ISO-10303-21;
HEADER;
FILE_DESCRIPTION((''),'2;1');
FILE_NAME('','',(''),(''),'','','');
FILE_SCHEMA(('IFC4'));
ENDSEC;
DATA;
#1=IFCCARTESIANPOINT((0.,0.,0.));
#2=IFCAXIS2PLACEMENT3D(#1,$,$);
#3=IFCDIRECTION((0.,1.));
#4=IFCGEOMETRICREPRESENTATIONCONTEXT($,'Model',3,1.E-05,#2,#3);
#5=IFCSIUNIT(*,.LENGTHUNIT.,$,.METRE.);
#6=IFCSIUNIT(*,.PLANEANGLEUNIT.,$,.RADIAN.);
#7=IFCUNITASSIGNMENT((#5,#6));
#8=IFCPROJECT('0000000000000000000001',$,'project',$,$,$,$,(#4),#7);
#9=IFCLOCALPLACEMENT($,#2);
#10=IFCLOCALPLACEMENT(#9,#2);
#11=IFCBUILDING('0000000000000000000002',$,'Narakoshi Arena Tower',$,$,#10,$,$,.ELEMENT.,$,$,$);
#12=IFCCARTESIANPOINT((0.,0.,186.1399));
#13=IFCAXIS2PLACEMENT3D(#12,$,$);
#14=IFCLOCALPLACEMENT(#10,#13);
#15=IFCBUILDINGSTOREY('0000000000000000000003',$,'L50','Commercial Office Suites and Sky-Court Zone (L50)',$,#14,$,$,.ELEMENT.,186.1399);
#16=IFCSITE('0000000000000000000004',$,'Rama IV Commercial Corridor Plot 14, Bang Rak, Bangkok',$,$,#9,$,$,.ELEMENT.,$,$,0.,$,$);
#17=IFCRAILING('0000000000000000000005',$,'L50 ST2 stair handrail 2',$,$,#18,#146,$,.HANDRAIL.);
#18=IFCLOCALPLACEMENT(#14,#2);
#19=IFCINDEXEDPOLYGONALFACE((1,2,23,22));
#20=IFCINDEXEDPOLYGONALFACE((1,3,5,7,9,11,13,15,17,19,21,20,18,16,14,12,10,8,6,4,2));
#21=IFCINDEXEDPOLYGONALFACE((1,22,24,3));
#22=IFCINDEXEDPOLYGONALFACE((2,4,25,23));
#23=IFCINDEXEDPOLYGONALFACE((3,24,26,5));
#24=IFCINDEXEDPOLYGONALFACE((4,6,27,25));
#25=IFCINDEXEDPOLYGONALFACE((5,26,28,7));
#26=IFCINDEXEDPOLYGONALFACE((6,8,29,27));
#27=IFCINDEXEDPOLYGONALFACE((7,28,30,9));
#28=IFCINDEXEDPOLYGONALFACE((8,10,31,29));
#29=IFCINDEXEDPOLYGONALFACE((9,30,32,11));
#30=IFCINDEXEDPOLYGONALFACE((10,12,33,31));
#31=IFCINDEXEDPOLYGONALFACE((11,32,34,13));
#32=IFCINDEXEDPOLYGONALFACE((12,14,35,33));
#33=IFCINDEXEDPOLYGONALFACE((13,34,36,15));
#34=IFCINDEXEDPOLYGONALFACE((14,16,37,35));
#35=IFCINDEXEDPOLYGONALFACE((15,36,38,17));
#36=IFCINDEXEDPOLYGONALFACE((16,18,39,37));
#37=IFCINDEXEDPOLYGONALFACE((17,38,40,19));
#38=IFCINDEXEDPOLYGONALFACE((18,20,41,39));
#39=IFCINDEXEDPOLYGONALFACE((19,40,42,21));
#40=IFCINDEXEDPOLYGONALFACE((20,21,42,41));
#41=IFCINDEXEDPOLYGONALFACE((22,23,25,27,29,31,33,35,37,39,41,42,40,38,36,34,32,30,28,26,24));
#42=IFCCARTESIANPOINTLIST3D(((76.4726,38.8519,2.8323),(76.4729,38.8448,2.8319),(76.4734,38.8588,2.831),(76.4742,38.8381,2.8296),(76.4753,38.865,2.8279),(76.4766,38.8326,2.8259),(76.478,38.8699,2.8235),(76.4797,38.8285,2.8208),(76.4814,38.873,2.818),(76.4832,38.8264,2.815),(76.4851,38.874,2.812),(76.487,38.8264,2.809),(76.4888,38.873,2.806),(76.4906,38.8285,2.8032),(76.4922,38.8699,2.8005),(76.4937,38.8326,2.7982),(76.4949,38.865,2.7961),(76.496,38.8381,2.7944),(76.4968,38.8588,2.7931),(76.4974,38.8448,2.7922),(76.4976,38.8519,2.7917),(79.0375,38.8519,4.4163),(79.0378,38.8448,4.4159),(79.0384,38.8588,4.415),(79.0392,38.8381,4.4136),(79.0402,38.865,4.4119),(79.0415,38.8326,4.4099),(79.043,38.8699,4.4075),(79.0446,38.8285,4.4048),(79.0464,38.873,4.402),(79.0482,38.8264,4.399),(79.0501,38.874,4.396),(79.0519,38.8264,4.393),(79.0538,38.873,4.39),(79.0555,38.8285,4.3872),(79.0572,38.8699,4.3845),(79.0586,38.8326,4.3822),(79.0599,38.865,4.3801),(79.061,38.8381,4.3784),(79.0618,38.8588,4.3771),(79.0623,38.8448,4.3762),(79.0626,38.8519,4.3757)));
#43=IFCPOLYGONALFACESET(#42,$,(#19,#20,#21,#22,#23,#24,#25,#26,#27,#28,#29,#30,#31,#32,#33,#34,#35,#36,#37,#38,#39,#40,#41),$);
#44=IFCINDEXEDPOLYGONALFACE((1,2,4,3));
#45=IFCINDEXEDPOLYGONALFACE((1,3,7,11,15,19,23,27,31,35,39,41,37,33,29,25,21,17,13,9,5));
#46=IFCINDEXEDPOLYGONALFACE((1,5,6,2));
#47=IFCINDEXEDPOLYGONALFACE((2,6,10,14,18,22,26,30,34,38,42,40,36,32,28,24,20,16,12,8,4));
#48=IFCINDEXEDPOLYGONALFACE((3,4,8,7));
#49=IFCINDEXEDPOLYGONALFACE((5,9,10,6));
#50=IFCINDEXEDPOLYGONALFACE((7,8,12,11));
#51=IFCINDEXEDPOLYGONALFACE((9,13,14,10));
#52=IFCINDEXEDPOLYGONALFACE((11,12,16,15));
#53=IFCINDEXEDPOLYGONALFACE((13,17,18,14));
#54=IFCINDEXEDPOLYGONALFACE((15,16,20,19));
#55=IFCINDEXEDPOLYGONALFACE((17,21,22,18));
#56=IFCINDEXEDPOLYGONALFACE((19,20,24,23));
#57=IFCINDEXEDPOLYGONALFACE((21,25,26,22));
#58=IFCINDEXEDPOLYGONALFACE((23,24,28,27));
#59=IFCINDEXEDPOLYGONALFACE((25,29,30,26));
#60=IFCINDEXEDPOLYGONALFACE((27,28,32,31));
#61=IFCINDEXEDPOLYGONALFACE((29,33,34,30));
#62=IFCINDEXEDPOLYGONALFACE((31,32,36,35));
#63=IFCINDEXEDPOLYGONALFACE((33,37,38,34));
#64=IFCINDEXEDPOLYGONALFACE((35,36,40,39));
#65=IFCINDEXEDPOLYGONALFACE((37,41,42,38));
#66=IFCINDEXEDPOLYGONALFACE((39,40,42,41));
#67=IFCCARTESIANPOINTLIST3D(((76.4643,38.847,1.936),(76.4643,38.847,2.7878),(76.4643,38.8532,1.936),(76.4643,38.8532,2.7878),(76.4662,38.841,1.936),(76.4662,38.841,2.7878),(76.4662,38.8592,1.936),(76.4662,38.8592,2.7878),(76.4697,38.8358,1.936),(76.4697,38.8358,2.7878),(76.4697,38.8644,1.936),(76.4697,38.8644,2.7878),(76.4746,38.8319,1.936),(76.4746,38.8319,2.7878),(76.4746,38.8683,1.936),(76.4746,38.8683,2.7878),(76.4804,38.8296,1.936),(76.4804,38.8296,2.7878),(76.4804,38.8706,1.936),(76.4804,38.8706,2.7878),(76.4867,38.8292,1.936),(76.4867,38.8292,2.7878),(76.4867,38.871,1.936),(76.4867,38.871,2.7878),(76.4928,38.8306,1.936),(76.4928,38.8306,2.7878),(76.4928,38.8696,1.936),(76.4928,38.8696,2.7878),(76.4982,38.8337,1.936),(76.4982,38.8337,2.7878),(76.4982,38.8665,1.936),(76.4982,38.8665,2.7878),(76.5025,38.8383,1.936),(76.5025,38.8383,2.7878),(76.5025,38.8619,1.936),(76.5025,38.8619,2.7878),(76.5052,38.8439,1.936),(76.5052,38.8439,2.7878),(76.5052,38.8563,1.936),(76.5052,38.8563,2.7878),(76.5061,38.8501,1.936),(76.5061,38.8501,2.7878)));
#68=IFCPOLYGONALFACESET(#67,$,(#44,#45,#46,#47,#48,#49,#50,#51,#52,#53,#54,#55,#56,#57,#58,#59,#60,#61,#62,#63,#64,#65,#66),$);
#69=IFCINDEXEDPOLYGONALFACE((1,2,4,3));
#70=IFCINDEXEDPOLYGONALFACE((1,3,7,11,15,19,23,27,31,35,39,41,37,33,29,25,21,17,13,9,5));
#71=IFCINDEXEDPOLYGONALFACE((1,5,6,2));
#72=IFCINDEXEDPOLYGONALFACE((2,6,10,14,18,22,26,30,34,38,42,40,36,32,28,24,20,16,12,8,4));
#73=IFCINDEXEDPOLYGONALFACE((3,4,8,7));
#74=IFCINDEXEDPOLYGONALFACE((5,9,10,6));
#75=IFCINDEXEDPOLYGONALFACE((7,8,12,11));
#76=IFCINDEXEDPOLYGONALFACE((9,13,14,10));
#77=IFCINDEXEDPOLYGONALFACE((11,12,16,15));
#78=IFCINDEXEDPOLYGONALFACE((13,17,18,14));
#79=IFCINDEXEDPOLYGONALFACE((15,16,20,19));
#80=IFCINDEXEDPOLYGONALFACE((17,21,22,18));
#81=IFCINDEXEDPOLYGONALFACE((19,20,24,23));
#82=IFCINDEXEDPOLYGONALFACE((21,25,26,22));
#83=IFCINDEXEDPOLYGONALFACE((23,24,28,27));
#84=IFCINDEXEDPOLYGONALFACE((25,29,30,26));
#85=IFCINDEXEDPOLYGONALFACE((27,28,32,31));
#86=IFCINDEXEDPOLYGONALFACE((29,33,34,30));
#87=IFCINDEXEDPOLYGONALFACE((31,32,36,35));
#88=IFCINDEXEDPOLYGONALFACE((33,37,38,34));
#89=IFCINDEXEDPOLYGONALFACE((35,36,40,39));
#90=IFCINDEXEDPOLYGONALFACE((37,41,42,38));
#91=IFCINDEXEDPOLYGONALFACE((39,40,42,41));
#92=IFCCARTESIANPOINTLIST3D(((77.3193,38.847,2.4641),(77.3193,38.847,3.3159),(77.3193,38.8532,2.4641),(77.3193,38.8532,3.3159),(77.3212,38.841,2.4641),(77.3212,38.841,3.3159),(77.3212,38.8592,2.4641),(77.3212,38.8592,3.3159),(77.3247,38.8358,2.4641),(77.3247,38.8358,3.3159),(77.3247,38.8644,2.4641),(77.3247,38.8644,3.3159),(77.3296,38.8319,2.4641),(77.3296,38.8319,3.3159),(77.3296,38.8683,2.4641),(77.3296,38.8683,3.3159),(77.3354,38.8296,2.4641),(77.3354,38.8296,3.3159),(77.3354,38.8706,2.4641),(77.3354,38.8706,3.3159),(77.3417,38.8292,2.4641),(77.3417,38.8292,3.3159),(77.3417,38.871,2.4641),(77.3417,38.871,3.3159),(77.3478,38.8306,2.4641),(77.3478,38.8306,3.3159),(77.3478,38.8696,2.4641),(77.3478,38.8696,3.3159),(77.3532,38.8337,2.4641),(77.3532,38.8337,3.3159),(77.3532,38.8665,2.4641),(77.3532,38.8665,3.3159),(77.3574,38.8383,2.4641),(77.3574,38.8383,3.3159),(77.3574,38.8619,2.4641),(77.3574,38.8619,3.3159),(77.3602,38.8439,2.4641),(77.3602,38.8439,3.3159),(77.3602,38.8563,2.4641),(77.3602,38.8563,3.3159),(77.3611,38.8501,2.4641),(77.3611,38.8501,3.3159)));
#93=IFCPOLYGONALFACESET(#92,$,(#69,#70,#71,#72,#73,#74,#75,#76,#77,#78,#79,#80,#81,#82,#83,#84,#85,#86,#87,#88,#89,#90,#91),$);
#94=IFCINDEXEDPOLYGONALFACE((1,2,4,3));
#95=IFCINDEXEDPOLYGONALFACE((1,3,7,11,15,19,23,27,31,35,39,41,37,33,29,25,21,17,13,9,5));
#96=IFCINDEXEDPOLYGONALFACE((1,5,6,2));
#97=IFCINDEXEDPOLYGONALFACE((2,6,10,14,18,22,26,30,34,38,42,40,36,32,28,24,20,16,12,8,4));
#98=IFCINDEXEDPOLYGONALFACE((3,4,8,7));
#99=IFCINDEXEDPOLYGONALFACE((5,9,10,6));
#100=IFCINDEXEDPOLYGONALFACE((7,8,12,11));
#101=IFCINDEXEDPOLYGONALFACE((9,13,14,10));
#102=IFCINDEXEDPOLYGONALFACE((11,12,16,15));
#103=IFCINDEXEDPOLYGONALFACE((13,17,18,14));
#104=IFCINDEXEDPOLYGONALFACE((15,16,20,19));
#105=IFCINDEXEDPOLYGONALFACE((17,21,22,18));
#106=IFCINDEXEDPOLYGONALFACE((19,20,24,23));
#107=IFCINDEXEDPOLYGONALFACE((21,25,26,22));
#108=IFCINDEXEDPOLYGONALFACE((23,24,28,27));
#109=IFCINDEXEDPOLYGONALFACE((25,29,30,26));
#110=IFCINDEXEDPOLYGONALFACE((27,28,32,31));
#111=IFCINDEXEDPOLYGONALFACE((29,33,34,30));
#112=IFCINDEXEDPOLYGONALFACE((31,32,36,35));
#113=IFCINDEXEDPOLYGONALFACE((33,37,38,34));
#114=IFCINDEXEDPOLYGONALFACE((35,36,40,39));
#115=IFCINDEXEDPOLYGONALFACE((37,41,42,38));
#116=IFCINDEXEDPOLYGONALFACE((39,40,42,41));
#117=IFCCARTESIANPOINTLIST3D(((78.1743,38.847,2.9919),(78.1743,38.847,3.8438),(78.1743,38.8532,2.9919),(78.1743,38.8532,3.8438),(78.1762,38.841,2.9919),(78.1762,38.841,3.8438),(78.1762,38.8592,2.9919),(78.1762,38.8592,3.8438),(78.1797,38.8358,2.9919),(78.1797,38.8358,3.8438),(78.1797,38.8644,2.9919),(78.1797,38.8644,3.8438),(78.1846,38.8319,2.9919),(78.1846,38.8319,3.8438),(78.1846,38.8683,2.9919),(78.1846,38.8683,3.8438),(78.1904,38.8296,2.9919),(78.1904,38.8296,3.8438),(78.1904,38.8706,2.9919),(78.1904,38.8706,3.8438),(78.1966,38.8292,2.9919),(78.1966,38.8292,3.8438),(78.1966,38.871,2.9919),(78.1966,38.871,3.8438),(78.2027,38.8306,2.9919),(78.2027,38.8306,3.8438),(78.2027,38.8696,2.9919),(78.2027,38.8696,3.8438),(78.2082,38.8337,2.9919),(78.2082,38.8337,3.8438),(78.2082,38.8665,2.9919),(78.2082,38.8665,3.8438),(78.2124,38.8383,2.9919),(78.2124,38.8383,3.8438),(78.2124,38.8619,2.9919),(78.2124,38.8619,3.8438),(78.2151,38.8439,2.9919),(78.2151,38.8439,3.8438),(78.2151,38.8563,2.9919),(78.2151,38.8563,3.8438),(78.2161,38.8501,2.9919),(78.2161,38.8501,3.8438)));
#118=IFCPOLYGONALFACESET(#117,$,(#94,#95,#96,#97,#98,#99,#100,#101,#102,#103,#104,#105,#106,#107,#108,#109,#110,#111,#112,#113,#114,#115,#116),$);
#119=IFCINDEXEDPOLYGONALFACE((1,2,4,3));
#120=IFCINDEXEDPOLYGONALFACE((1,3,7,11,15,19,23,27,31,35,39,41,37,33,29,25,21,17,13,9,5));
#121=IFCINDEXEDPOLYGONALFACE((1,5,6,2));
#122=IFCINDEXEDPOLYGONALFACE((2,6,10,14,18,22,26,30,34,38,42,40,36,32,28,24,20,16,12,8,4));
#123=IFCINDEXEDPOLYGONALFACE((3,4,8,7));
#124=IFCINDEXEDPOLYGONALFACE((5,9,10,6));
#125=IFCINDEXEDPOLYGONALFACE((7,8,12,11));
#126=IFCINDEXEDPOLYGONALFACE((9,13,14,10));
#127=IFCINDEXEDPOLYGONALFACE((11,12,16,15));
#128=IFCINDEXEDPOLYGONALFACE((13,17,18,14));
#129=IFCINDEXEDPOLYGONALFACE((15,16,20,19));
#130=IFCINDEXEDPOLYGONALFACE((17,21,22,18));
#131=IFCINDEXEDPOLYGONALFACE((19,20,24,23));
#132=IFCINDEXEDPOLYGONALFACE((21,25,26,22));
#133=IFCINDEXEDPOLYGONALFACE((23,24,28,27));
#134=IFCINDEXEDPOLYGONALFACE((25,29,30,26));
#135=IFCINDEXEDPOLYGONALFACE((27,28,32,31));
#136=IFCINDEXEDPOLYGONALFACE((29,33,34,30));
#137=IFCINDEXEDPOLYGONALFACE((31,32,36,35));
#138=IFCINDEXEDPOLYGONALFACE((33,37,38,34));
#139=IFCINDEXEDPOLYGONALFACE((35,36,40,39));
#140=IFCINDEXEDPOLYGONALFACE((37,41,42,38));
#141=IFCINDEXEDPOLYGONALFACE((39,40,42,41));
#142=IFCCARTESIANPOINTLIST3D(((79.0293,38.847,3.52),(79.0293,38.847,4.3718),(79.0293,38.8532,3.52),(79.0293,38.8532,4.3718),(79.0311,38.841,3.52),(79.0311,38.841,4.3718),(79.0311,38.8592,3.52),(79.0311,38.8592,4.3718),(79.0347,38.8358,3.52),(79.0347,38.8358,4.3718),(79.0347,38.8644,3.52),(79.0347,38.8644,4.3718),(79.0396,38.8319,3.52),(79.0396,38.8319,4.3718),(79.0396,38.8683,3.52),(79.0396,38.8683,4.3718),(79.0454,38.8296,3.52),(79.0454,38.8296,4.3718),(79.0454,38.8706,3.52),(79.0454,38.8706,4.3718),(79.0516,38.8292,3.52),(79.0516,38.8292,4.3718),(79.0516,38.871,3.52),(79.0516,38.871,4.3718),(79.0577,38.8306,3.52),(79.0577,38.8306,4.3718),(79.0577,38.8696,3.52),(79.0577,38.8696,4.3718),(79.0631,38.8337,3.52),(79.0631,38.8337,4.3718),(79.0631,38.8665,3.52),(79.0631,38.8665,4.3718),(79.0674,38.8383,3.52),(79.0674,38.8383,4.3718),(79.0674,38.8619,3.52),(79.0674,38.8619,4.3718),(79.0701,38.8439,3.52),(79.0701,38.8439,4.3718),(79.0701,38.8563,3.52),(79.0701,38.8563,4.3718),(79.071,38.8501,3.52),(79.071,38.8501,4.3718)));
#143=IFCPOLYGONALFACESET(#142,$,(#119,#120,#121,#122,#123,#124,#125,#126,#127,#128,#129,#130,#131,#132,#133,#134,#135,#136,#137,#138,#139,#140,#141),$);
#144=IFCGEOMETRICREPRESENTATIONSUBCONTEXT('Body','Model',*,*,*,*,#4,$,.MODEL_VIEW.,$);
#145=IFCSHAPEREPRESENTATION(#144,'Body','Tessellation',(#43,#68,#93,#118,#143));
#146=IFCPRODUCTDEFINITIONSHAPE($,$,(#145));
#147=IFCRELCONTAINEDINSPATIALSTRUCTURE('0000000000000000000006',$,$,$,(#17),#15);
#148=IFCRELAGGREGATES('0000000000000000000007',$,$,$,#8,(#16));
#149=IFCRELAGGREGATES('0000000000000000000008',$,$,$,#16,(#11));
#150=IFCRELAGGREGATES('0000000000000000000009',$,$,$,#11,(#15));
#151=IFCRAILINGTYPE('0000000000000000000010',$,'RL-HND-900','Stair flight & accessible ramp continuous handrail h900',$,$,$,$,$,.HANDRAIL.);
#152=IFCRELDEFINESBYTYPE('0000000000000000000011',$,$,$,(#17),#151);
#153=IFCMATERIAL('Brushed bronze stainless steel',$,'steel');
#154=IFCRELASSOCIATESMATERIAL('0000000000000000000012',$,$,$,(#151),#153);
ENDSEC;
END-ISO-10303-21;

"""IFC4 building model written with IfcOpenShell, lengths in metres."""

from ifc_helpers import new_model, si_unit, direction, frame, origin, origin_2d, place, context, subcontext, project, spatial, circle, extrude, material, type_object, element, save


model = new_model("IFC4")

# Units and contexts
model_context = context("Model", 3, precision=1e-05, world=origin(), true_north=direction((0.0, 1.0)))
body_context = subcontext(model_context, "Body", "Model", "MODEL_VIEW")
ifc_project = project(units=[si_unit("LENGTHUNIT", "METRE"), si_unit("PLANEANGLEUNIT", "RADIAN")], contexts=[model_context])

# Site, building, storey
site_placement = place(None, origin())
site = spatial("IfcSite", under=ifc_project, at=site_placement, Name="Rama IV Commercial Corridor Plot 14, Bang Rak, Bangkok", CompositionType="ELEMENT", RefElevation=0.0)
building_placement = place(site_placement, origin())
building = spatial("IfcBuilding", under=site, at=building_placement, Name="Narakoshi Arena Tower", CompositionType="ELEMENT")
storey_placement = place(building_placement, frame((0.0, 0.0, 186.1399)))
storey = spatial("IfcBuildingStorey", under=building, at=storey_placement, Name="L50", Description="Commercial Office Suites and Sky-Court Zone (L50)", CompositionType="ELEMENT", Elevation=186.1399)

# Railing
ifc_material_1 = material(Name="Brushed bronze stainless steel", Category="steel")
railing_type_1 = type_object("IfcRailingType", Name="RL-HND-900", Description="Stair flight & accessible ramp continuous handrail h900", PredefinedType="HANDRAIL", material=ifc_material_1)
railing_1_placement = place(storey_placement, frame((76.4851, 38.8501, 1.936)))
element("IfcRailing", 1, at=railing_1_placement, inside=storey, type_object=railing_type_1, Name="L50 ST2 stair handrail 2", PredefinedType="HANDRAIL", context=body_context, shape_type="SweptSolid", body=[
    extrude(circle(Radius=0.0239, at=origin_2d()), frame((0.0, 0.0, 0.876), z_axis=(0.850834, 0.0, 0.525434), x_axis=(0.0, 1.0, 0.0)), (0.0, 0.0, 1.0), 3.0146),
    extrude(circle(Radius=0.021, at=origin_2d()), origin(), (0.0, 0.0, 1.0), 0.8518),
    extrude(circle(Radius=0.021, at=origin_2d()), frame((0.855, 0.0, 0.5281)), (0.0, 0.0, 1.0), 0.8518),
    extrude(circle(Radius=0.021, at=origin_2d()), frame((1.71, 0.0, 1.0559)), (0.0, 0.0, 1.0), 0.8518),
    extrude(circle(Radius=0.021, at=origin_2d()), frame((2.5649, 0.0, 1.584)), (0.0, 0.0, 1.0), 0.8518),
])

save(model, "model.ifc")
